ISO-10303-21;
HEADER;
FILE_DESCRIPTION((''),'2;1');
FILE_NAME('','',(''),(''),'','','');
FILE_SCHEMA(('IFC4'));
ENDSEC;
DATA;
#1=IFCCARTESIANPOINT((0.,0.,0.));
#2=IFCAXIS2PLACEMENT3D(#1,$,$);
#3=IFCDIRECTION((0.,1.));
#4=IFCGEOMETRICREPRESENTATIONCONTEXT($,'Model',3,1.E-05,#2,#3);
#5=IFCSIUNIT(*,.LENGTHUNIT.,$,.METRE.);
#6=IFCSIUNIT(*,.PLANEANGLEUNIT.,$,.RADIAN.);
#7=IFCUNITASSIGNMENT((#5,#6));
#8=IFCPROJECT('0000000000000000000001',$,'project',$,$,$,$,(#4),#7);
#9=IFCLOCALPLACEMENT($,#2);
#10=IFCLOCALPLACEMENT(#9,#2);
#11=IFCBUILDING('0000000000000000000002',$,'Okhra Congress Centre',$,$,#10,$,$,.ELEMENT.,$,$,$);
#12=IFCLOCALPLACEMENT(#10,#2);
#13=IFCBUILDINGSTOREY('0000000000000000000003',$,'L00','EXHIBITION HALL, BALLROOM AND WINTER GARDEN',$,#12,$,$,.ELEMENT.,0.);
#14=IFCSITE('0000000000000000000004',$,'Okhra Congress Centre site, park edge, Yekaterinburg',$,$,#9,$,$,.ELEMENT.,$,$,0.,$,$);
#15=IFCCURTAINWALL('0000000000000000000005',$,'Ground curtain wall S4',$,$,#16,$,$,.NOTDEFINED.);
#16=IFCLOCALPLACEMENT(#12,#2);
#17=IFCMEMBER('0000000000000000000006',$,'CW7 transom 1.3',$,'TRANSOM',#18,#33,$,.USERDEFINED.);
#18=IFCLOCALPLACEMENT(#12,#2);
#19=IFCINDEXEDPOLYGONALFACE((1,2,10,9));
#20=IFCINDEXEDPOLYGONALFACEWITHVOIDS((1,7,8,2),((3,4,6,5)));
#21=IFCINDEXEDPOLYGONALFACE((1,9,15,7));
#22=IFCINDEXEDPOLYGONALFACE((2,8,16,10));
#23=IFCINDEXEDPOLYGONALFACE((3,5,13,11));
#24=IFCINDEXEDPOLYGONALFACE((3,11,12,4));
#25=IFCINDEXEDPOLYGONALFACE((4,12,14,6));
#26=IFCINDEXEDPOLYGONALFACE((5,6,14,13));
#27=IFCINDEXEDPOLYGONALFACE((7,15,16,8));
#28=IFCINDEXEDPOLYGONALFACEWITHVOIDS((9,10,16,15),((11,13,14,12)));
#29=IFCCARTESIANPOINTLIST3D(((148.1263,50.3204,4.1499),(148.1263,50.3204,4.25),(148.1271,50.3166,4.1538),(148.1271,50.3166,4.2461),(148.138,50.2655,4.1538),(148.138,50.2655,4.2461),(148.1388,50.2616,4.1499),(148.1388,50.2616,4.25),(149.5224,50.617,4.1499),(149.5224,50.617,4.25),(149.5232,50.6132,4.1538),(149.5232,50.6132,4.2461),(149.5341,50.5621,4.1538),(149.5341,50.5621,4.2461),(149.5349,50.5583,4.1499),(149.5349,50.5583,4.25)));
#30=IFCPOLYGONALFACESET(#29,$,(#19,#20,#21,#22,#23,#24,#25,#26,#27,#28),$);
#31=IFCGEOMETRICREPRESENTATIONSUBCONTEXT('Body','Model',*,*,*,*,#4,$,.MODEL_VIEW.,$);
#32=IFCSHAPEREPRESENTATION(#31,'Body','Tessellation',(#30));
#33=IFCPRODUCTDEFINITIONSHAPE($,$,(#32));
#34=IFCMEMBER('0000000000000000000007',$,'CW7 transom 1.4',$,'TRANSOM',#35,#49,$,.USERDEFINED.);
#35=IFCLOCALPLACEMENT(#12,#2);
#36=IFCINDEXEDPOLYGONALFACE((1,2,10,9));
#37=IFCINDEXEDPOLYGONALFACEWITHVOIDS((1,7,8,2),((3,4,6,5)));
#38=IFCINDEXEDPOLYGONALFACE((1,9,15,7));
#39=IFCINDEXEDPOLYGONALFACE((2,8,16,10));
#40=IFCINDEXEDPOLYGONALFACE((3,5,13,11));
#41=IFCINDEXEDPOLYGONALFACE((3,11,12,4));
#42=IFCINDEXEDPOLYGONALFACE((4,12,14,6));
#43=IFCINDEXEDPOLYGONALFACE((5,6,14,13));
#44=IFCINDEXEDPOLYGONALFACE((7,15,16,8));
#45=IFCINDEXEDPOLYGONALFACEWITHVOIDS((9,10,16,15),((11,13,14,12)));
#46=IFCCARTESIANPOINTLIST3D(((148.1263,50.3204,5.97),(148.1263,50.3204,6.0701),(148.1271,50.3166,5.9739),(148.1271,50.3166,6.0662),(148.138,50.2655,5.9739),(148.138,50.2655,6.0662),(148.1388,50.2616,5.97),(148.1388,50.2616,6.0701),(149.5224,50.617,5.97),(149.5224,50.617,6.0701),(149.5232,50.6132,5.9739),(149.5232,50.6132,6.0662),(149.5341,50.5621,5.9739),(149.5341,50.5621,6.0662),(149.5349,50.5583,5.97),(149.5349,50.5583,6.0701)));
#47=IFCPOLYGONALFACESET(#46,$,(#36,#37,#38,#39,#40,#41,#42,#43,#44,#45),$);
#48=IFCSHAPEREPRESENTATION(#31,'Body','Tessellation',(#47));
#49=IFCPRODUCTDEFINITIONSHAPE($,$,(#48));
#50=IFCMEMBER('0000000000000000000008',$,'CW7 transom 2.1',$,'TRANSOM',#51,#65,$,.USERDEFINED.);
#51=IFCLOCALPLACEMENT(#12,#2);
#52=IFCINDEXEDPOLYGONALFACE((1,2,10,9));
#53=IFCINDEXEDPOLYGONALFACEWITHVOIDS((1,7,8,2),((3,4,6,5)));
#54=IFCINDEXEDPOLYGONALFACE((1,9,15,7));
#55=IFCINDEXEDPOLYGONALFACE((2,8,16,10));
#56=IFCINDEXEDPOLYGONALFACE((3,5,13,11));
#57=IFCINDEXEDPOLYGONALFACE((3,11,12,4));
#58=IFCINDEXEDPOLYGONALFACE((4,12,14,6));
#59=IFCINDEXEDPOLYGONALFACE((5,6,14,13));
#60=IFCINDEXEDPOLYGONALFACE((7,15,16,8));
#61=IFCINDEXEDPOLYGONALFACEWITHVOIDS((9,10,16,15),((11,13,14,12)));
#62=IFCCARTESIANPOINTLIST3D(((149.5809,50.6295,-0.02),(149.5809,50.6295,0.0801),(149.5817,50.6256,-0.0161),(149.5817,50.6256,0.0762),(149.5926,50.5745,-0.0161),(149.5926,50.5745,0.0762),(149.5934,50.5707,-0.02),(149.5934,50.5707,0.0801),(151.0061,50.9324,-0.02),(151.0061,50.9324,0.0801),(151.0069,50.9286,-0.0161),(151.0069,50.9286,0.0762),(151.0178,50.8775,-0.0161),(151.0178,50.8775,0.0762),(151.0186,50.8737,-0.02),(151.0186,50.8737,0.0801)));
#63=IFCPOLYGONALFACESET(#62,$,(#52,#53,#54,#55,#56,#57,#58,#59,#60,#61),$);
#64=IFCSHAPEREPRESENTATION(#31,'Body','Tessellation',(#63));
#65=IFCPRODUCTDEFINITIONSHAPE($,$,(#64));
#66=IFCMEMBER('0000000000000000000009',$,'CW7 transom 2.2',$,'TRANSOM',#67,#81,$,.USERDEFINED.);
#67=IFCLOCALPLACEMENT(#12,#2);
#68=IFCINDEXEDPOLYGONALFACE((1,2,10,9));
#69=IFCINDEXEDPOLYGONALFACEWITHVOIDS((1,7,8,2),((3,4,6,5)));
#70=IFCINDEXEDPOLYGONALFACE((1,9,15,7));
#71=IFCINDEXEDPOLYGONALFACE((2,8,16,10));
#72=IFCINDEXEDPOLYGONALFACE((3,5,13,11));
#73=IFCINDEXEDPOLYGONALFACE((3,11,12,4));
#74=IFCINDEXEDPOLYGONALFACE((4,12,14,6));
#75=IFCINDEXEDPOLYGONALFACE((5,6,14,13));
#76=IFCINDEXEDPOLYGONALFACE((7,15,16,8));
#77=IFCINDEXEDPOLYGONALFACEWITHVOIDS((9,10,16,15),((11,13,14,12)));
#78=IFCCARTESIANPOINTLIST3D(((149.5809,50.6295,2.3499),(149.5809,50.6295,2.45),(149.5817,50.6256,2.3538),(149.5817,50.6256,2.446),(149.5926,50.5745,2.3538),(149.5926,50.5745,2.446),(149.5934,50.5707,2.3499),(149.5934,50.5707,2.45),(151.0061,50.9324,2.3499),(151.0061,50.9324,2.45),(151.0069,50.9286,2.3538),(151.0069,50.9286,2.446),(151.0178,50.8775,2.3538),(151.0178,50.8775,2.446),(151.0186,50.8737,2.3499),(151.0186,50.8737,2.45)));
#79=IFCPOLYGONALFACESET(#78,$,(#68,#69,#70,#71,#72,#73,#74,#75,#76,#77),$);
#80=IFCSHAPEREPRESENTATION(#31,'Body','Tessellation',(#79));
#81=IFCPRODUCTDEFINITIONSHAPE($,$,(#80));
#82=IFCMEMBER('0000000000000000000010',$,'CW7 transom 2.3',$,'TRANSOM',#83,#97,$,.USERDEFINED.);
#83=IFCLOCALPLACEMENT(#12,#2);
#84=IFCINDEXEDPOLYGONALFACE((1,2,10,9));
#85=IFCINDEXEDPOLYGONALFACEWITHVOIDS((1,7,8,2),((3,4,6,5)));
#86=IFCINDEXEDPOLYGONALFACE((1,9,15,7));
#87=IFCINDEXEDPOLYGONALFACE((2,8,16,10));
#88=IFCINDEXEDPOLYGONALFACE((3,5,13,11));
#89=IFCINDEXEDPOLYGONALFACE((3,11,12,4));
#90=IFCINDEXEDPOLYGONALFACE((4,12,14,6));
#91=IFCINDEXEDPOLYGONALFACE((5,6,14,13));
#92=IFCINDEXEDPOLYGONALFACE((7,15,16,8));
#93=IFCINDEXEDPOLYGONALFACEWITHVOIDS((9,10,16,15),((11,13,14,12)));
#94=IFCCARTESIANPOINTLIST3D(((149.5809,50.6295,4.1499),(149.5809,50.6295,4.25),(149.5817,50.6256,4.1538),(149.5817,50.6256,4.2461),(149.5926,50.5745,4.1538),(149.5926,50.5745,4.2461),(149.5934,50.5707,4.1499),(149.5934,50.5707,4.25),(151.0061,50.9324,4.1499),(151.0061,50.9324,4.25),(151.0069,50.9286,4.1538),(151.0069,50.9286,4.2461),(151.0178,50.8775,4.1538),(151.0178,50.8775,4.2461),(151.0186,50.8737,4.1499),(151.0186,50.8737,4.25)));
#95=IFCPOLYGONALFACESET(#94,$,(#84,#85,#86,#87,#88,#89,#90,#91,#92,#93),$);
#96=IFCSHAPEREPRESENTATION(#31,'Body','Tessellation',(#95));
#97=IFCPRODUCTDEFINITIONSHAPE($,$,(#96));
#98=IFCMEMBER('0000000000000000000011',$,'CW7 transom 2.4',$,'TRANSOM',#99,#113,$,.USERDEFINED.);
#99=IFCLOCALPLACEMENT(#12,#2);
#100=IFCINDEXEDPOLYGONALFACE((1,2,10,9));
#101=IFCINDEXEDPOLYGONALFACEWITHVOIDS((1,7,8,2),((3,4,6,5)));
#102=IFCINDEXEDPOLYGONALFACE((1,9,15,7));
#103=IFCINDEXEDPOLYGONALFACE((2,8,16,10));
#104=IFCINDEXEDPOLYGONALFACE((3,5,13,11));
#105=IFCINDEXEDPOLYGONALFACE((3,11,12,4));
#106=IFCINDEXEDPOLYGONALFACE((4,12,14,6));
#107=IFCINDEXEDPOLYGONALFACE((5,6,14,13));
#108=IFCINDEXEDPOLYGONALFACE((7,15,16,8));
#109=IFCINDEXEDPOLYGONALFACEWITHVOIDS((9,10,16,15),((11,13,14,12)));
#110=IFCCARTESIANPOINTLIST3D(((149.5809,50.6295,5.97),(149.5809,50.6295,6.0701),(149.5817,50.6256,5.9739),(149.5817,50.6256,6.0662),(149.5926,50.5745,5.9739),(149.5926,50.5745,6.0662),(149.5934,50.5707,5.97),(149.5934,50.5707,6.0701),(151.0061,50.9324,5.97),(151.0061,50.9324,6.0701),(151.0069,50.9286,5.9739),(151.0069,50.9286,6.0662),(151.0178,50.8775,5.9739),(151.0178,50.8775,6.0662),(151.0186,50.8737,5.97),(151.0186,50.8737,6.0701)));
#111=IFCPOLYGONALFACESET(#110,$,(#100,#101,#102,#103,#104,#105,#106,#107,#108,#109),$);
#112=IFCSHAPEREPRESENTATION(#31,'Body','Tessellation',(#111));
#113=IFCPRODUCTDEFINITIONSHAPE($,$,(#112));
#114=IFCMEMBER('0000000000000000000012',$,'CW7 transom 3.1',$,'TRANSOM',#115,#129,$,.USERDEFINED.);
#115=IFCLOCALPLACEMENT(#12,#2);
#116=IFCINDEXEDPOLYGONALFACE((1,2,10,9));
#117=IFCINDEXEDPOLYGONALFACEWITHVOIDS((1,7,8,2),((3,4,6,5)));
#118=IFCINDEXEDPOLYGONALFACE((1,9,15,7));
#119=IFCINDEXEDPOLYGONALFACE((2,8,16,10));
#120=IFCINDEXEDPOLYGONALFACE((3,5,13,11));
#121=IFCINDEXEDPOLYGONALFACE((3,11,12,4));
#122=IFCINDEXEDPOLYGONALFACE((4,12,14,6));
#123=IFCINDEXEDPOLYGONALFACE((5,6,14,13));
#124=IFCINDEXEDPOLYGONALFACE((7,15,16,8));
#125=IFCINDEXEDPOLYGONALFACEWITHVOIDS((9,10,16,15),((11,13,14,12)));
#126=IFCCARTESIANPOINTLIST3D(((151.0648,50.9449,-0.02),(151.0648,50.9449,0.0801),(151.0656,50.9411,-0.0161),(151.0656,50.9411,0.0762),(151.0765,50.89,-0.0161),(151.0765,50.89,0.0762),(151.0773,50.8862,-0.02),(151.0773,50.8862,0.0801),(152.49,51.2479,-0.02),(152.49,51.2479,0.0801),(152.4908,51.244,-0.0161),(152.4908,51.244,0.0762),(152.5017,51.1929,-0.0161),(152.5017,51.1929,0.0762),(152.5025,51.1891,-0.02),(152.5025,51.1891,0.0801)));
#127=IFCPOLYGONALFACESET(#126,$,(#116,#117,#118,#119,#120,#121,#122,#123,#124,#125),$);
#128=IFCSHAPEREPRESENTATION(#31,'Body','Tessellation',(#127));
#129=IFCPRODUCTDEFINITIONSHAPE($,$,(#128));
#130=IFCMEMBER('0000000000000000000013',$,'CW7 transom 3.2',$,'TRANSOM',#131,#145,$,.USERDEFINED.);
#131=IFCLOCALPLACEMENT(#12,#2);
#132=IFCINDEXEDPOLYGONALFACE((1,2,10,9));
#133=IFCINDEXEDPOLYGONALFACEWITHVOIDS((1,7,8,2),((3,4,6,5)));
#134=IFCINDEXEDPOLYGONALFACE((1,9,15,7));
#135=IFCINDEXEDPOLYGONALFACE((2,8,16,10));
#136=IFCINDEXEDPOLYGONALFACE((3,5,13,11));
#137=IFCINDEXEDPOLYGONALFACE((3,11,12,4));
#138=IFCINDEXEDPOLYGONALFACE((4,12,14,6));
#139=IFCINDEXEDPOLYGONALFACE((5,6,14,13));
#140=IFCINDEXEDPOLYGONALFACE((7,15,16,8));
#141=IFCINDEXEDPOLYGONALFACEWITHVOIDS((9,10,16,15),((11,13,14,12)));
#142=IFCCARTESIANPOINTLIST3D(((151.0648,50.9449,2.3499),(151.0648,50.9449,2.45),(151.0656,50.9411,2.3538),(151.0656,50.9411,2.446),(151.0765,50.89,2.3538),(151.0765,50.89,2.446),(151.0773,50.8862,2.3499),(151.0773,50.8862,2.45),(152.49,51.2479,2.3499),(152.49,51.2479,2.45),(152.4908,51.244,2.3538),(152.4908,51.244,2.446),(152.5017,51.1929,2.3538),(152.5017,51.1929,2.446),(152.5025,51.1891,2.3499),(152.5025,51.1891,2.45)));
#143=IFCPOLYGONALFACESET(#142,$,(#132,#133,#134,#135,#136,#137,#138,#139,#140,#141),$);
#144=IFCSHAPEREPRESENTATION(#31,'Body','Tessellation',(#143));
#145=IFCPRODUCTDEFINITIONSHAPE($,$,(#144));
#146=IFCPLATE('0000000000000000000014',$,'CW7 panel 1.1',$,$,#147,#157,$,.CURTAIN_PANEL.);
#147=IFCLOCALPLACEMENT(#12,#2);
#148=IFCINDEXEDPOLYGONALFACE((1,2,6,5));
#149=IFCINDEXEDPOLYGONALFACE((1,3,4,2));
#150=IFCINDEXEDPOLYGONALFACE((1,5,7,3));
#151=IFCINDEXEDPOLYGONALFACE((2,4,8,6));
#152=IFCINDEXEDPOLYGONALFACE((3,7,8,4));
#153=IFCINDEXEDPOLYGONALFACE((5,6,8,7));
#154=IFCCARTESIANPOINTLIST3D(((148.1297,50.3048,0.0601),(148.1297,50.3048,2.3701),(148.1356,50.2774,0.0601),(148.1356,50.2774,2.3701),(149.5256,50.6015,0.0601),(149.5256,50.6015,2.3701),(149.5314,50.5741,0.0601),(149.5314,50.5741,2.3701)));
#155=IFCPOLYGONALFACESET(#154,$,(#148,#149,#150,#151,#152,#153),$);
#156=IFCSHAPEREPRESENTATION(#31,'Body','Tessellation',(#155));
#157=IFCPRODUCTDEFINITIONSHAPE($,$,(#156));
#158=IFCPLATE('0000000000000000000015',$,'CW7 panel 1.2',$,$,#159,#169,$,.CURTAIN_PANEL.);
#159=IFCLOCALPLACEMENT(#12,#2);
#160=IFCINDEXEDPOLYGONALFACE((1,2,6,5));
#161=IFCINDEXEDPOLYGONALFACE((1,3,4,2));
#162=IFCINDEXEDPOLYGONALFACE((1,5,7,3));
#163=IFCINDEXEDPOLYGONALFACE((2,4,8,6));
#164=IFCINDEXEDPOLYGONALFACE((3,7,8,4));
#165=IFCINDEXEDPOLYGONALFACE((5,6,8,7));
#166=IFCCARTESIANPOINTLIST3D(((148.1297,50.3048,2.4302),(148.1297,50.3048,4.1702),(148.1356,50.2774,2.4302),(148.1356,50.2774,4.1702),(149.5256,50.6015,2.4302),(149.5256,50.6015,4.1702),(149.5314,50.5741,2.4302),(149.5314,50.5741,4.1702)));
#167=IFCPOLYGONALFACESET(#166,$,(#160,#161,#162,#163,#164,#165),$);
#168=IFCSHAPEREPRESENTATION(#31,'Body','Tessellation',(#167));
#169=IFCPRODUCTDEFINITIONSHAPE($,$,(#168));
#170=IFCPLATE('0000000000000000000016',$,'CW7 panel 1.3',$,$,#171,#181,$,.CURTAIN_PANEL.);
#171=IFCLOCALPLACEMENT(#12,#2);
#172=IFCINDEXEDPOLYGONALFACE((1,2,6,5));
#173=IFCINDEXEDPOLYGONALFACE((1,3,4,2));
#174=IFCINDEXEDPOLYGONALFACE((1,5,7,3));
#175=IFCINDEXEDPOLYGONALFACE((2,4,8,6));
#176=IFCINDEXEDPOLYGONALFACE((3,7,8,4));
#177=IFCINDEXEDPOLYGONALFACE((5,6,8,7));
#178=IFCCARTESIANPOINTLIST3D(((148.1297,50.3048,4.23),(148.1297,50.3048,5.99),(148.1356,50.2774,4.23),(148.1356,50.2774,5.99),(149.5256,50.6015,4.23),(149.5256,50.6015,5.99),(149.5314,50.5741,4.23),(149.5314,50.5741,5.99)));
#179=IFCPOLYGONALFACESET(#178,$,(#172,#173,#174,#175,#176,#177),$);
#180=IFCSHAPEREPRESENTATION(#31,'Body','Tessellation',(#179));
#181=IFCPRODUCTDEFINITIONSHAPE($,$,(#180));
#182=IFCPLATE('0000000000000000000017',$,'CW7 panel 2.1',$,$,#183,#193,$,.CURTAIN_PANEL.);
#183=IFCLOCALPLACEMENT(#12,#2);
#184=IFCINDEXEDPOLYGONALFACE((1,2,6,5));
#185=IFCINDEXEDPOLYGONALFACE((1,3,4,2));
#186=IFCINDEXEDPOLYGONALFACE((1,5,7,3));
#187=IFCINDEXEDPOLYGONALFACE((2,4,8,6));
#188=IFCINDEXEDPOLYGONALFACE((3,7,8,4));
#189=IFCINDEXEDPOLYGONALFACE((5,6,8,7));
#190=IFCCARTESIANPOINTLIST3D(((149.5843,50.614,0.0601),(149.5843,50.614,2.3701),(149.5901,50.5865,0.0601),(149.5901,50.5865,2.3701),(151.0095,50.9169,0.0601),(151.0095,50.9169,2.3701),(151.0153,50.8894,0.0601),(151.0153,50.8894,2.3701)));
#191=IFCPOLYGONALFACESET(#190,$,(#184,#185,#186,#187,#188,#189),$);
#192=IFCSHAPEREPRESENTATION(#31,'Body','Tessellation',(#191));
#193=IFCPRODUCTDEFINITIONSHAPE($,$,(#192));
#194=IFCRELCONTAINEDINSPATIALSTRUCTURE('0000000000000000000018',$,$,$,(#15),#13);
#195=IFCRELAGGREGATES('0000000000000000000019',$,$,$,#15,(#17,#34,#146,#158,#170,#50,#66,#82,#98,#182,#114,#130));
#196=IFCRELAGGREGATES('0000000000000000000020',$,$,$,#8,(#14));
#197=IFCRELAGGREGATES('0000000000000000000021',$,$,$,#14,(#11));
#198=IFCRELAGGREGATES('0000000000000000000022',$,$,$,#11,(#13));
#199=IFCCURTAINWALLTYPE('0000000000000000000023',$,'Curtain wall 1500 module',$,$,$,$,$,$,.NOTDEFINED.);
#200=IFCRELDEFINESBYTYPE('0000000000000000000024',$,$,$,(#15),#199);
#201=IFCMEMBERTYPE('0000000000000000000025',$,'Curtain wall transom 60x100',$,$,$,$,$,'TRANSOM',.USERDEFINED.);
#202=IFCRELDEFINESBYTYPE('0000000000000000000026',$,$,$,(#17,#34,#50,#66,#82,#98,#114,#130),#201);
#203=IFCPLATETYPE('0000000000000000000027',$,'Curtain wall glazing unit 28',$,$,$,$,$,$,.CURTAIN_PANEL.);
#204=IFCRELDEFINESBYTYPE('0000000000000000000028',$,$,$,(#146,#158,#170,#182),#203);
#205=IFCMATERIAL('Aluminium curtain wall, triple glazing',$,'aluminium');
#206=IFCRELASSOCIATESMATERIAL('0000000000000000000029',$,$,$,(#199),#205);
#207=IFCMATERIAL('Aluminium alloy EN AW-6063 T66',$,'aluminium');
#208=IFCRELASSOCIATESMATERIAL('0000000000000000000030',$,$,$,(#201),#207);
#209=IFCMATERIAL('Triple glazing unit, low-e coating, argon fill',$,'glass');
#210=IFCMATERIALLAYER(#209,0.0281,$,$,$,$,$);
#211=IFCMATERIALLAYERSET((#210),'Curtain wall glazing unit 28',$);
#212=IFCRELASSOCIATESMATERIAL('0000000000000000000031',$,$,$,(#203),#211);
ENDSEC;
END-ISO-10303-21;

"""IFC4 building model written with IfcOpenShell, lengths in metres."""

from ifc_helpers import new_model, si_unit, direction, frame, origin, origin_2d, place, context, subcontext, project, spatial, rectangle, hollow_rectangle, extrude, material, layer, layer_set, material_profile, profile_set, type_object, element, aggregate, save


model = new_model("IFC4")

# Units and contexts
model_context = context("Model", 3, precision=1e-05, world=origin(), true_north=direction((0.0, 1.0)))
body_context = subcontext(model_context, "Body", "Model", "MODEL_VIEW")
ifc_project = project(units=[si_unit("LENGTHUNIT", "METRE"), si_unit("PLANEANGLEUNIT", "RADIAN")], contexts=[model_context])

# Site, building, storey
site_placement = place(None, origin())
site = spatial("IfcSite", under=ifc_project, at=site_placement, Name="Okhra Congress Centre site, park edge, Yekaterinburg", CompositionType="ELEMENT", RefElevation=0.0)
building_placement = place(site_placement, origin())
building = spatial("IfcBuilding", under=site, at=building_placement, Name="Okhra Congress Centre", CompositionType="ELEMENT")
storey_placement = place(building_placement, origin())
storey = spatial("IfcBuildingStorey", under=building, at=storey_placement, Name="L00", Description="EXHIBITION HALL, BALLROOM AND WINTER GARDEN", CompositionType="ELEMENT", Elevation=0.0)

# Curtain wall, members, plates
ifc_material_1 = material(Name="Aluminium curtain wall, triple glazing", Category="aluminium")
curtain_wall_type = type_object("IfcCurtainWallType", Name="Curtain wall 1500 module", PredefinedType="NOTDEFINED", material=ifc_material_1)
curtain_wall_placement = place(storey_placement, origin())
curtain_wall = element("IfcCurtainWall", 1, at=curtain_wall_placement, inside=storey, type_object=curtain_wall_type, Name="Ground curtain wall S4", PredefinedType="NOTDEFINED")
ifc_material_2 = material(Name="Aluminium alloy EN AW-6063 T66", Category="aluminium")
ifc_material_profile_1 = material_profile(ifc_material_2, hollow_rectangle(XDim=0.0601, YDim=0.1001, WallThickness=0.0039, at=origin_2d()), Name="RHS 60x100x4")
ifc_profile_set_1 = profile_set([ifc_material_profile_1], Name="Aluminium alloy EN AW-6063 T66")
member_type_1 = type_object("IfcMemberType", Name="Curtain wall transom 60x100", ElementType="TRANSOM", PredefinedType="USERDEFINED", material=ifc_profile_set_1)
member_1_placement = place(storey_placement, frame((148.1326, 50.291, 4.2), z_axis=(0.978161, 0.207846, 0.0), x_axis=(-0.207846, 0.978161, 0.0)))
member_1 = element("IfcMember", 2, at=member_1_placement, type_object=member_type_1, Name="CW7 transom 1.3", ObjectType="TRANSOM", PredefinedType="USERDEFINED", context=body_context, shape_type="SweptSolid", body=[
    extrude(hollow_rectangle(XDim=0.0601, YDim=0.1001, WallThickness=0.0039, at=origin_2d()), origin(), (0.0, 0.0, 1.0), 1.4272),
])
member_2_placement = place(storey_placement, frame((148.1326, 50.291, 6.02), z_axis=(0.978161, 0.207846, 0.0), x_axis=(-0.207846, 0.978161, 0.0)))
member_2 = element("IfcMember", 3, at=member_2_placement, type_object=member_type_1, Name="CW7 transom 1.4", ObjectType="TRANSOM", PredefinedType="USERDEFINED", context=body_context, shape_type="SweptSolid", body=[
    extrude(hollow_rectangle(XDim=0.0601, YDim=0.1001, WallThickness=0.0039, at=origin_2d()), origin(), (0.0, 0.0, 1.0), 1.4272),
])
member_3_placement = place(storey_placement, frame((149.5872, 50.6001, 0.03), z_axis=(0.978144, 0.207927, 0.0), x_axis=(-0.207927, 0.978144, 0.0)))
member_3 = element("IfcMember", 4, at=member_3_placement, type_object=member_type_1, Name="CW7 transom 2.1", ObjectType="TRANSOM", PredefinedType="USERDEFINED", context=body_context, shape_type="SweptSolid", body=[
    extrude(hollow_rectangle(XDim=0.0601, YDim=0.1001, WallThickness=0.0039, at=origin_2d()), origin(), (0.0, 0.0, 1.0), 1.457),
])
member_4_placement = place(storey_placement, frame((149.5872, 50.6001, 2.3999), z_axis=(0.978144, 0.207927, 0.0), x_axis=(-0.207927, 0.978144, 0.0)))
member_4 = element("IfcMember", 5, at=member_4_placement, type_object=member_type_1, Name="CW7 transom 2.2", ObjectType="TRANSOM", PredefinedType="USERDEFINED", context=body_context, shape_type="SweptSolid", body=[
    extrude(hollow_rectangle(XDim=0.0601, YDim=0.1001, WallThickness=0.0039, at=origin_2d()), origin(), (0.0, 0.0, 1.0), 1.457),
])
member_5_placement = place(storey_placement, frame((149.5872, 50.6001, 4.2), z_axis=(0.978144, 0.207927, 0.0), x_axis=(-0.207927, 0.978144, 0.0)))
member_5 = element("IfcMember", 6, at=member_5_placement, type_object=member_type_1, Name="CW7 transom 2.3", ObjectType="TRANSOM", PredefinedType="USERDEFINED", context=body_context, shape_type="SweptSolid", body=[
    extrude(hollow_rectangle(XDim=0.0601, YDim=0.1001, WallThickness=0.0039, at=origin_2d()), origin(), (0.0, 0.0, 1.0), 1.457),
])
member_6_placement = place(storey_placement, frame((149.5872, 50.6001, 6.02), z_axis=(0.978144, 0.207927, 0.0), x_axis=(-0.207927, 0.978144, 0.0)))
member_6 = element("IfcMember", 7, at=member_6_placement, type_object=member_type_1, Name="CW7 transom 2.4", ObjectType="TRANSOM", PredefinedType="USERDEFINED", context=body_context, shape_type="SweptSolid", body=[
    extrude(hollow_rectangle(XDim=0.0601, YDim=0.1001, WallThickness=0.0039, at=origin_2d()), origin(), (0.0, 0.0, 1.0), 1.457),
])
member_7_placement = place(storey_placement, frame((151.071, 50.9155, 0.03), z_axis=(0.978144, 0.207927, 0.0), x_axis=(-0.207927, 0.978144, 0.0)))
member_7 = element("IfcMember", 8, at=member_7_placement, type_object=member_type_1, Name="CW7 transom 3.1", ObjectType="TRANSOM", PredefinedType="USERDEFINED", context=body_context, shape_type="SweptSolid", body=[
    extrude(hollow_rectangle(XDim=0.0601, YDim=0.1001, WallThickness=0.0039, at=origin_2d()), origin(), (0.0, 0.0, 1.0), 1.457),
])
member_8_placement = place(storey_placement, frame((151.071, 50.9155, 2.3999), z_axis=(0.978144, 0.207927, 0.0), x_axis=(-0.207927, 0.978144, 0.0)))
member_8 = element("IfcMember", 9, at=member_8_placement, type_object=member_type_1, Name="CW7 transom 3.2", ObjectType="TRANSOM", PredefinedType="USERDEFINED", context=body_context, shape_type="SweptSolid", body=[
    extrude(hollow_rectangle(XDim=0.0601, YDim=0.1001, WallThickness=0.0039, at=origin_2d()), origin(), (0.0, 0.0, 1.0), 1.457),
])
ifc_material_3 = material(Name="Triple glazing unit, low-e coating, argon fill", Category="glass")
ifc_layer_1 = layer(ifc_material_3, 0.0281)
ifc_layer_set_1 = layer_set([ifc_layer_1], Name="Curtain wall glazing unit 28")
plate_type = type_object("IfcPlateType", Name="Curtain wall glazing unit 28", PredefinedType="CURTAIN_PANEL", material=ifc_layer_set_1)
plate_1_placement = place(storey_placement, frame((148.8306, 50.4395, 0.0601), z_axis=(0.0, 0.0, 1.0), x_axis=(0.978148, 0.207912, 0.0)))
plate_1 = element("IfcPlate", 10, at=plate_1_placement, type_object=plate_type, Name="CW7 panel 1.1", PredefinedType="CURTAIN_PANEL", context=body_context, shape_type="SweptSolid", body=[
    extrude(rectangle(XDim=1.427, YDim=0.0281, at=origin_2d()), origin(), (0.0, 0.0, 1.0), 2.3101),
])
plate_2_placement = place(storey_placement, frame((148.8306, 50.4395, 2.4302), z_axis=(0.0, 0.0, 1.0), x_axis=(0.978148, 0.207912, 0.0)))
plate_2 = element("IfcPlate", 11, at=plate_2_placement, type_object=plate_type, Name="CW7 panel 1.2", PredefinedType="CURTAIN_PANEL", context=body_context, shape_type="SweptSolid", body=[
    extrude(rectangle(XDim=1.427, YDim=0.0281, at=origin_2d()), origin(), (0.0, 0.0, 1.0), 1.74),
])
plate_3_placement = place(storey_placement, frame((148.8306, 50.4395, 4.23), z_axis=(0.0, 0.0, 1.0), x_axis=(0.978148, 0.207912, 0.0)))
plate_3 = element("IfcPlate", 12, at=plate_3_placement, type_object=plate_type, Name="CW7 panel 1.3", PredefinedType="CURTAIN_PANEL", context=body_context, shape_type="SweptSolid", body=[
    extrude(rectangle(XDim=1.427, YDim=0.0281, at=origin_2d()), origin(), (0.0, 0.0, 1.0), 1.76),
])
plate_4_placement = place(storey_placement, frame((150.2998, 50.7517, 0.0601), z_axis=(0.0, 0.0, 1.0), x_axis=(0.978148, 0.207912, 0.0)))
plate_4 = element("IfcPlate", 13, at=plate_4_placement, type_object=plate_type, Name="CW7 panel 2.1", PredefinedType="CURTAIN_PANEL", context=body_context, shape_type="SweptSolid", body=[
    extrude(rectangle(XDim=1.457, YDim=0.0281, at=origin_2d()), origin(), (0.0, 0.0, 1.0), 2.3101),
])
aggregate(curtain_wall, [member_1, member_2, plate_1, plate_2, plate_3, member_3, member_4, member_5, member_6, plate_4, member_7, member_8])

save(model, "model.ifc")
